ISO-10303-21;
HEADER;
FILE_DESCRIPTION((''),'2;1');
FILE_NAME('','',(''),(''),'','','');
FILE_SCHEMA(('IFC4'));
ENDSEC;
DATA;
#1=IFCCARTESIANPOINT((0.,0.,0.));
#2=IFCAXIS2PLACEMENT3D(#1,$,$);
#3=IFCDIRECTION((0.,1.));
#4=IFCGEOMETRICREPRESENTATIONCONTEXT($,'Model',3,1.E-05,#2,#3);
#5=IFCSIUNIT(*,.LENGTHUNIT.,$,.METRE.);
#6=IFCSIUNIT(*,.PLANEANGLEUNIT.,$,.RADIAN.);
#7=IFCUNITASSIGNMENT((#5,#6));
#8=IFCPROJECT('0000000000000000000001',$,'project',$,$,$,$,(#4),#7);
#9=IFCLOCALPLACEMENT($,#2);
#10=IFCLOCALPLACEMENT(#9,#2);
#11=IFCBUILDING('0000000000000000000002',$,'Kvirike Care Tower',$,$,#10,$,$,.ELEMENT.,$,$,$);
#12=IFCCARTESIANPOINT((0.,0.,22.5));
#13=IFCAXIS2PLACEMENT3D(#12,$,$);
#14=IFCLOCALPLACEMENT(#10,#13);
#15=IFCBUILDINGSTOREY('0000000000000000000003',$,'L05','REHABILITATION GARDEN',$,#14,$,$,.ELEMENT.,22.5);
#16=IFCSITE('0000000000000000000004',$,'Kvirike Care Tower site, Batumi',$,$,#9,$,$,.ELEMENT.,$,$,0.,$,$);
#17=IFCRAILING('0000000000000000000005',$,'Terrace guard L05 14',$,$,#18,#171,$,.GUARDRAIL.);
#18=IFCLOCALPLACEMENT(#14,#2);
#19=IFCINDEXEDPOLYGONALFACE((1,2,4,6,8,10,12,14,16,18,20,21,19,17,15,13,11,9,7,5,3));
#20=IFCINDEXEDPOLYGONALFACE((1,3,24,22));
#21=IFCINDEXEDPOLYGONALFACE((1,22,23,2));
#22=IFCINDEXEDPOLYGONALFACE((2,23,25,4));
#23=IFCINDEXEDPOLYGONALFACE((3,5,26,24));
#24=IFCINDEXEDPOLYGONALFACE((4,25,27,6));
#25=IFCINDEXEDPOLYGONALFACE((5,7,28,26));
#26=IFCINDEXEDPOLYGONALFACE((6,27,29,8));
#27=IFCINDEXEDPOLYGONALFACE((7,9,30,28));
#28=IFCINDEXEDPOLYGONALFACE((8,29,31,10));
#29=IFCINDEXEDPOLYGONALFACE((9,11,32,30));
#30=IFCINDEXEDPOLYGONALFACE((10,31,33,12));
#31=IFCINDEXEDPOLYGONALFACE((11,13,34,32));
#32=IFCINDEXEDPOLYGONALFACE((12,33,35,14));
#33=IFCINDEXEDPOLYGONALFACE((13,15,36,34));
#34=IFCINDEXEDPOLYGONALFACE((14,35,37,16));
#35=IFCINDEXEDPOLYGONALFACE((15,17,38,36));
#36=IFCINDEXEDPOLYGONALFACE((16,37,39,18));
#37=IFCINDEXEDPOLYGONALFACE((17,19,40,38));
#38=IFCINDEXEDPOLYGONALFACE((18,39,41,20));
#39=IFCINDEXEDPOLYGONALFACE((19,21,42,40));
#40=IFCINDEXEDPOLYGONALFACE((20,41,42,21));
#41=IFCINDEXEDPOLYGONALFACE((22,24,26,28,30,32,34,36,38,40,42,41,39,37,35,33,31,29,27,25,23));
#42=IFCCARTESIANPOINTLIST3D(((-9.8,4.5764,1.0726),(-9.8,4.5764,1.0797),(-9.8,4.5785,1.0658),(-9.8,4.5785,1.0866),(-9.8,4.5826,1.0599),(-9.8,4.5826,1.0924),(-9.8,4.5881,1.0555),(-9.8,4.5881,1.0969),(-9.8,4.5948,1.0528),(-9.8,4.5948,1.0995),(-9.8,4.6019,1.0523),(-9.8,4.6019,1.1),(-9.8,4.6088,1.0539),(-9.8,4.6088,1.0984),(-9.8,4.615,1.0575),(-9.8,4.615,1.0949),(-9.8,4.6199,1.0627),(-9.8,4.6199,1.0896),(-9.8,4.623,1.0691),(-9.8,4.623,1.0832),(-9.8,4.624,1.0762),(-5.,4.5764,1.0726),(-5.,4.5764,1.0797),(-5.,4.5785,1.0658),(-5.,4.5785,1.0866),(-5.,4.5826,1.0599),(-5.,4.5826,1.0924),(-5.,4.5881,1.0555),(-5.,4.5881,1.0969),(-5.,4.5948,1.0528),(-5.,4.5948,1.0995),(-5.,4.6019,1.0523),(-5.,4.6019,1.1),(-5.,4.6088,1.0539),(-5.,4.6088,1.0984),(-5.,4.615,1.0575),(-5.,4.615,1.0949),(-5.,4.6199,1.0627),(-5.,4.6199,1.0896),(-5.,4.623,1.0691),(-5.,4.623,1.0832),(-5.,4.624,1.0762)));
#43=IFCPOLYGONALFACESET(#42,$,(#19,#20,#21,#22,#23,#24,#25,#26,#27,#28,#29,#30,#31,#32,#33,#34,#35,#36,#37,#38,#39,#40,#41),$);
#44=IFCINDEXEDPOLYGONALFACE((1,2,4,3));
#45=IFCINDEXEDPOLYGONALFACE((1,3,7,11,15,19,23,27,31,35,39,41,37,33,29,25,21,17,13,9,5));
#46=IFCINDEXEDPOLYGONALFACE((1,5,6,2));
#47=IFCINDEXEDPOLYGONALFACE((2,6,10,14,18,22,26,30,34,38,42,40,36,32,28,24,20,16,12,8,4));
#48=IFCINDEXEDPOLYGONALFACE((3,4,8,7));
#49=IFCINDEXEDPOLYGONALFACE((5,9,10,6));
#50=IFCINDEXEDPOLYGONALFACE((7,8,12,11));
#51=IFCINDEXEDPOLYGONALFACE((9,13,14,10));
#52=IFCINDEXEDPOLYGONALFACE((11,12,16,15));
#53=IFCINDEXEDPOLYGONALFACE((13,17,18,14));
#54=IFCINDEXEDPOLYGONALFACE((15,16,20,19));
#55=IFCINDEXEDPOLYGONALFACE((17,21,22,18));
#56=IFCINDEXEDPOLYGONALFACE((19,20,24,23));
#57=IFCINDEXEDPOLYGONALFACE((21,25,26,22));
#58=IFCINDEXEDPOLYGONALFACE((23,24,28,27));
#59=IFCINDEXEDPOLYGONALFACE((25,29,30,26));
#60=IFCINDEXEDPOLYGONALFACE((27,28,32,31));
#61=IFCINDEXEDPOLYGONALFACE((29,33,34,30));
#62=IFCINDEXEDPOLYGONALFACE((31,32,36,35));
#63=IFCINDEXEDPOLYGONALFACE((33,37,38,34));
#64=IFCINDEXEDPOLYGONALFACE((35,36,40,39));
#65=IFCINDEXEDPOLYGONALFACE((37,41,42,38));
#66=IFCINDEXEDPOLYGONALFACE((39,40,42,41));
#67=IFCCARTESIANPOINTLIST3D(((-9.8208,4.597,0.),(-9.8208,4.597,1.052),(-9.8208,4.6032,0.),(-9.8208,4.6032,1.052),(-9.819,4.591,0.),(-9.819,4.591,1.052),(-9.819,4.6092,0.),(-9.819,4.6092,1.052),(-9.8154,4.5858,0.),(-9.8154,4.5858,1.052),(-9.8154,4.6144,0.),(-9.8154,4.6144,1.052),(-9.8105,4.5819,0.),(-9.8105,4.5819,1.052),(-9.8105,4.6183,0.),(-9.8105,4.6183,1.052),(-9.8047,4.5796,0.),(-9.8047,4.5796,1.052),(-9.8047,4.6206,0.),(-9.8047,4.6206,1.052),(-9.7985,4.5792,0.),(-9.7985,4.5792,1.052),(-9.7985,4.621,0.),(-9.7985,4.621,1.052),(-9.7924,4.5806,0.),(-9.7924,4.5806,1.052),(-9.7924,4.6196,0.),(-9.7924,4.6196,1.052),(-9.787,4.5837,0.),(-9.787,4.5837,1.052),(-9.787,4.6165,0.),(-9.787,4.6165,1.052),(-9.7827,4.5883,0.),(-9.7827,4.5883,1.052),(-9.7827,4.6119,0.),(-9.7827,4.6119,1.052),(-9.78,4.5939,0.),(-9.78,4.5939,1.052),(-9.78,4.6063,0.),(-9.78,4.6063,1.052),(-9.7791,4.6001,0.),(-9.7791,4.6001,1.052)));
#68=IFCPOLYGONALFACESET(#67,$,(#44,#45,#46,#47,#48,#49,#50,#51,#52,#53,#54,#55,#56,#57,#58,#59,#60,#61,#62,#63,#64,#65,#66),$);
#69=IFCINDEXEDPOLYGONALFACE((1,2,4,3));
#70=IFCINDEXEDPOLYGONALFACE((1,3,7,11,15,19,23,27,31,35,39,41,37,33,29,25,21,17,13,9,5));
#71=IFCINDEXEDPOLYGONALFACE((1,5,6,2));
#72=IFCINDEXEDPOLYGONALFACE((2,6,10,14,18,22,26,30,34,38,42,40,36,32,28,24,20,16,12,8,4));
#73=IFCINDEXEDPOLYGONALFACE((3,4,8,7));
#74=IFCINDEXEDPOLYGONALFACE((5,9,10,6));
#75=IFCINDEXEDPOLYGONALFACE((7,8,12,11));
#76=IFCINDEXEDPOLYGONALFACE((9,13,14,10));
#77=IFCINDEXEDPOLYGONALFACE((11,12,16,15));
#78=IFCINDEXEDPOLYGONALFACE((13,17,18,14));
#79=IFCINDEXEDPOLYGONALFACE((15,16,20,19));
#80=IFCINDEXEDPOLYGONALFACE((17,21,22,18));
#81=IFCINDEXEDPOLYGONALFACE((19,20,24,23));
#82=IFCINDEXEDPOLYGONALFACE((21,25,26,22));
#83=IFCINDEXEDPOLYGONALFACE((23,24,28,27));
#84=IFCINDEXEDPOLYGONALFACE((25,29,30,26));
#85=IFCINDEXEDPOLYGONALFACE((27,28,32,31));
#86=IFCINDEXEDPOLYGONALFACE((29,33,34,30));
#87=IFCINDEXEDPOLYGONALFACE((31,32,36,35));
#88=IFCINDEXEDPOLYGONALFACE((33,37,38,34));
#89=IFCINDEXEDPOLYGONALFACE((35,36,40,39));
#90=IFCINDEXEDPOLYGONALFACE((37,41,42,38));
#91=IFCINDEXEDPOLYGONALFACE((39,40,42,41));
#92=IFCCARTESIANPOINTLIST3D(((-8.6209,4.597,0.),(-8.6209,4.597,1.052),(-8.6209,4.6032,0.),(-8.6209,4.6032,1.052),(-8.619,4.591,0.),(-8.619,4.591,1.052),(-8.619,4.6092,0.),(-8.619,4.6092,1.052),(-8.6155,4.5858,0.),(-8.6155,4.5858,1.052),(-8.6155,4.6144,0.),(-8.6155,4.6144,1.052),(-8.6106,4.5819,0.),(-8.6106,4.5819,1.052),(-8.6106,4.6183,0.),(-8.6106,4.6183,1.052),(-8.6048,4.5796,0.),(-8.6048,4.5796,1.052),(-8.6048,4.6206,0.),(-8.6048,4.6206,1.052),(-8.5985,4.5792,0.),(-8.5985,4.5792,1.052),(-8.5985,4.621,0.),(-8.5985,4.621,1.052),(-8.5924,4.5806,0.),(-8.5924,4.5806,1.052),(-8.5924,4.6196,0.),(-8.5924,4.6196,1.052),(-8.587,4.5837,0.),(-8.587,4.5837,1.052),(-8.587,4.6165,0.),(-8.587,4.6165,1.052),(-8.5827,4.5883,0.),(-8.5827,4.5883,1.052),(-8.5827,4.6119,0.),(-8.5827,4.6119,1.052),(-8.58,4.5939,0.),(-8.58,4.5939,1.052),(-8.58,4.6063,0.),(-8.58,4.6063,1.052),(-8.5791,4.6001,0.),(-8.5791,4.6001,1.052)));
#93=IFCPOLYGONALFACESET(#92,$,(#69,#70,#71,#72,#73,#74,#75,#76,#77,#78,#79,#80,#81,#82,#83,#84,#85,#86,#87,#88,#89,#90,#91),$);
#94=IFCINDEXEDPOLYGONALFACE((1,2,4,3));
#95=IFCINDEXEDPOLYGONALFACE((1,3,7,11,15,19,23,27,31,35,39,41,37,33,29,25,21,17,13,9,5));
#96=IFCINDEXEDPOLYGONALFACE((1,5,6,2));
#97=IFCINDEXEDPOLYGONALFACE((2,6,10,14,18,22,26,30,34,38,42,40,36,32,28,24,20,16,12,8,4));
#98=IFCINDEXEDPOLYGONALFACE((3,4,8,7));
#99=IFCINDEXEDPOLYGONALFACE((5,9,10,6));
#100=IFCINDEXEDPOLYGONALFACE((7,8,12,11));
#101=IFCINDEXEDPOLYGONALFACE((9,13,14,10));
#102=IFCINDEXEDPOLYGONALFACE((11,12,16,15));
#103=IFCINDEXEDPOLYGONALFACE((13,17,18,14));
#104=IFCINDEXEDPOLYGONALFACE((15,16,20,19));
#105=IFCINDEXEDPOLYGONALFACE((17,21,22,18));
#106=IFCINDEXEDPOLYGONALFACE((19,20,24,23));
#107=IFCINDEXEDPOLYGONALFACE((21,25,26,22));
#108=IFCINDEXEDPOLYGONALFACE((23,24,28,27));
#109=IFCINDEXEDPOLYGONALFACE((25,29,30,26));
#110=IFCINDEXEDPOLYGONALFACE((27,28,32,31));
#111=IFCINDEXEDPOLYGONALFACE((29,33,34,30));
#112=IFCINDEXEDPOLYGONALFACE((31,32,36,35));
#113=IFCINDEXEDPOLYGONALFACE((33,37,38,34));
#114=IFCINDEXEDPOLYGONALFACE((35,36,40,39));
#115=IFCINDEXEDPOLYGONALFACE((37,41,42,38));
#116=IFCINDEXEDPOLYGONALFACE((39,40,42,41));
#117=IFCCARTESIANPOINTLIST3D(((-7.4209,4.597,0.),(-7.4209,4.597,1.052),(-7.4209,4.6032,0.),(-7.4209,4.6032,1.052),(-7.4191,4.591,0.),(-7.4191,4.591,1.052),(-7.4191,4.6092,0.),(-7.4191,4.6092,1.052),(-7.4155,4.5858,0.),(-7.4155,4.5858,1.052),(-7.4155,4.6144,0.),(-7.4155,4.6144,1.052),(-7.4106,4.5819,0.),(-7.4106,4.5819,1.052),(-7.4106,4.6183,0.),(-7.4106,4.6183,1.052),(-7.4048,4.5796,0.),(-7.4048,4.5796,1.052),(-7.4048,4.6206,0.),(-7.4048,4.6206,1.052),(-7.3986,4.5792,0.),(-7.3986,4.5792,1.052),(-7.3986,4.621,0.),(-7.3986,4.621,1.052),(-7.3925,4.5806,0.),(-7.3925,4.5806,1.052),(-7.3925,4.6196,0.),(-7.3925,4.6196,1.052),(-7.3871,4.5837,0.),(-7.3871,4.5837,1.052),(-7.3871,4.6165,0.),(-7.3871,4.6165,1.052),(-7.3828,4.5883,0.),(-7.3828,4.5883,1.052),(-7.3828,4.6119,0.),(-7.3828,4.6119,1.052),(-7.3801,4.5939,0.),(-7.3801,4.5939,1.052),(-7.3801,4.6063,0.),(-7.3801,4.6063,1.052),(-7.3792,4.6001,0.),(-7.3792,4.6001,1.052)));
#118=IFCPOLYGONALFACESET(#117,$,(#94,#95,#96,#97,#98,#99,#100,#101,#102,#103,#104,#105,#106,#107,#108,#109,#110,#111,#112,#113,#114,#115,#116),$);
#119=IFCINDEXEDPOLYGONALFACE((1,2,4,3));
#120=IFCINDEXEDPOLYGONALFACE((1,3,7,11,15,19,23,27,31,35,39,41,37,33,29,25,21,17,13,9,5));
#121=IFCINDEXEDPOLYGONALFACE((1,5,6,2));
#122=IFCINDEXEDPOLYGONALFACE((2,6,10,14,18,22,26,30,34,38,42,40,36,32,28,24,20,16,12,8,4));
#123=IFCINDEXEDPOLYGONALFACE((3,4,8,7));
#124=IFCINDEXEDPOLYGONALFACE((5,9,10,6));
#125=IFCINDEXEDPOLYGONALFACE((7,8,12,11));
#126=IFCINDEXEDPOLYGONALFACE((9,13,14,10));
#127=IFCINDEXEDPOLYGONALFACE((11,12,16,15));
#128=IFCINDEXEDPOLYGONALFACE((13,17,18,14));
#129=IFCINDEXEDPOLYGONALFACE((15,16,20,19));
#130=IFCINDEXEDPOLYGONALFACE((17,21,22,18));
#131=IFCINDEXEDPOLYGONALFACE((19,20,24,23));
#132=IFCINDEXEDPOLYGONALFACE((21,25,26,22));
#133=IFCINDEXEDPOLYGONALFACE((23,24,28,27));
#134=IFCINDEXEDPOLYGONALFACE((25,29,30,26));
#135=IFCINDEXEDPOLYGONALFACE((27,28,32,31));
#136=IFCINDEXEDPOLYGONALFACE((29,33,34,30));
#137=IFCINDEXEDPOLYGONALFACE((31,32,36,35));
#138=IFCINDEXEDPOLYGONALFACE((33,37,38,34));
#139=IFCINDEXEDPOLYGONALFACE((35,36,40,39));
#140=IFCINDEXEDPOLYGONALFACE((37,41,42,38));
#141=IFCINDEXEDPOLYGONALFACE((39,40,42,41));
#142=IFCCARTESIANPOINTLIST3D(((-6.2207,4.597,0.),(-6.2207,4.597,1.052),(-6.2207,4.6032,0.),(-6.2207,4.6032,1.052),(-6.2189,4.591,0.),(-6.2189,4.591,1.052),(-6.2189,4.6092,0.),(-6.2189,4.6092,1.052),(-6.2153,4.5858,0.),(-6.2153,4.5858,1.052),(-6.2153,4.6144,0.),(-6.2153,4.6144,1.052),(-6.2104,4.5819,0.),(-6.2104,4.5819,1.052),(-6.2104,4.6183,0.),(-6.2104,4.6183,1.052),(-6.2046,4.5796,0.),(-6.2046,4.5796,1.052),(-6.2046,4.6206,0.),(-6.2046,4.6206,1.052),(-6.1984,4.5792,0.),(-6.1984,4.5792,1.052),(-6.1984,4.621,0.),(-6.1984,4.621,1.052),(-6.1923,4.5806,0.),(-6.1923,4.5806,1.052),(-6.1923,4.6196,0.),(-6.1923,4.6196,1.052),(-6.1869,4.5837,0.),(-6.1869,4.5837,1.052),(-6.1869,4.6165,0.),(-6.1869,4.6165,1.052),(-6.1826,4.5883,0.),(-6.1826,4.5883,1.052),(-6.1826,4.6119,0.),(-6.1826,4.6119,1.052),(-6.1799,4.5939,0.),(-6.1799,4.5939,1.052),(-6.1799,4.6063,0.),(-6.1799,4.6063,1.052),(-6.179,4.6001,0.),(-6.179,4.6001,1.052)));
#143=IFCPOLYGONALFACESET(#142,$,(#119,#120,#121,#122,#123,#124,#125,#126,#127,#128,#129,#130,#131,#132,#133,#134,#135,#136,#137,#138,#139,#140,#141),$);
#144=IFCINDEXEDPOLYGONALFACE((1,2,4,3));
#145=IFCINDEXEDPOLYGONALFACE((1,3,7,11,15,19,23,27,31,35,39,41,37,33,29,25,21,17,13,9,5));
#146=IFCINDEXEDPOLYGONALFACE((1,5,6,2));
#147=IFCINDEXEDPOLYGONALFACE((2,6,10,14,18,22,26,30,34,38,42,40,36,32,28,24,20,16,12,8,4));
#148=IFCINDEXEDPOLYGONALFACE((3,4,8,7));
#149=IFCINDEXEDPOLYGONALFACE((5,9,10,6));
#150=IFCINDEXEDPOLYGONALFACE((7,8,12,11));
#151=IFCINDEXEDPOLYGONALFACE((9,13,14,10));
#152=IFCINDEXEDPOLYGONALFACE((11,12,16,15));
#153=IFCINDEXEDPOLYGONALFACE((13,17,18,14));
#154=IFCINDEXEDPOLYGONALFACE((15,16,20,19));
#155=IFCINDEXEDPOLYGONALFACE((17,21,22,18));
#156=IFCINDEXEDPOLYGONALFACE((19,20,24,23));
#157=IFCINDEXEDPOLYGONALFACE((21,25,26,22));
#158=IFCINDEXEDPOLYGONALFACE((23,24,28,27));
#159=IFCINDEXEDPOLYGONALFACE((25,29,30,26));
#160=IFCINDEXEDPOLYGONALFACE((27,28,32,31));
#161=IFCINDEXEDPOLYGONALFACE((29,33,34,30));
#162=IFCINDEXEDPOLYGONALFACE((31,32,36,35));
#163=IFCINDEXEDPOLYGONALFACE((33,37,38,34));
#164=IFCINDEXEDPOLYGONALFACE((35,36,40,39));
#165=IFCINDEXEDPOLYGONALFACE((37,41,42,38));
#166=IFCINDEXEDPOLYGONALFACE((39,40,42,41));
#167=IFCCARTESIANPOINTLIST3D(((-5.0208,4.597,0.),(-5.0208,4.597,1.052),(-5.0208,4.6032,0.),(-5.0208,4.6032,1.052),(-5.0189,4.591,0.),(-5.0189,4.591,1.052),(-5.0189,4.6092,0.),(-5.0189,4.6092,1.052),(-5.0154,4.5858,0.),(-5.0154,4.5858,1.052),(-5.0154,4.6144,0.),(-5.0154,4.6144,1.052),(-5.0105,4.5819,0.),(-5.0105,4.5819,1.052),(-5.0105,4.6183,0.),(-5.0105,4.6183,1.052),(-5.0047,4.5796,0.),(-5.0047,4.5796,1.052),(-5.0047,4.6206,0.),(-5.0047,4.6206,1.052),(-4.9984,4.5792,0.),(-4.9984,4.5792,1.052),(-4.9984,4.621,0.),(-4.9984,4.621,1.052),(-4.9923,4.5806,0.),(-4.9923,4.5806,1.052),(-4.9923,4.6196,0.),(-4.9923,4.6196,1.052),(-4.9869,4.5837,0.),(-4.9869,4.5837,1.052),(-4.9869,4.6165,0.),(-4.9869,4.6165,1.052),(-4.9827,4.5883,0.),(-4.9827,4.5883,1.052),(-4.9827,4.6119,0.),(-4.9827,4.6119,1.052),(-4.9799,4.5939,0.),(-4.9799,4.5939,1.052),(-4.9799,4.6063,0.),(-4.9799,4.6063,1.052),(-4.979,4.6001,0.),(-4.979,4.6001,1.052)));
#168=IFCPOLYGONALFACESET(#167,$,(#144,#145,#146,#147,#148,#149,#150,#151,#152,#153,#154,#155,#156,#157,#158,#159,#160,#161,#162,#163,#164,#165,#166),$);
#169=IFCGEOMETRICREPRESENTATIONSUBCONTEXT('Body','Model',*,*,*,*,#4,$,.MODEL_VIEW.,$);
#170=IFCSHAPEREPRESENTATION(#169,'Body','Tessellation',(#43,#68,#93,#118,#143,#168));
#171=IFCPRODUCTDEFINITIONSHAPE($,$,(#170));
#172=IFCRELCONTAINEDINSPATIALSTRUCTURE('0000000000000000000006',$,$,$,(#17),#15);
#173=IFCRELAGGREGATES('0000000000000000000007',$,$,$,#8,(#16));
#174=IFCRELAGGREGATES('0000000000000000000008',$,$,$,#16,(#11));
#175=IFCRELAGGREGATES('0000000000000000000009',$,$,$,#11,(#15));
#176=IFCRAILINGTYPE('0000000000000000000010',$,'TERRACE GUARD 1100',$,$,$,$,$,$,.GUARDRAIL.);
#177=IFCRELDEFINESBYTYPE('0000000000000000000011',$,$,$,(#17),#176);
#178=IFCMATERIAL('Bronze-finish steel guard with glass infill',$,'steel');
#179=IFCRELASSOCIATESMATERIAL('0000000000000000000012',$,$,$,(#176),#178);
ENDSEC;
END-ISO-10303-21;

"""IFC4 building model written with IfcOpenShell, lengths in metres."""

from ifc_helpers import new_model, si_unit, direction, frame, origin, origin_2d, place, context, subcontext, project, spatial, circle, extrude, material, type_object, element, save


model = new_model("IFC4")

# Units and contexts
model_context = context("Model", 3, precision=1e-05, world=origin(), true_north=direction((0.0, 1.0)))
body_context = subcontext(model_context, "Body", "Model", "MODEL_VIEW")
ifc_project = project(units=[si_unit("LENGTHUNIT", "METRE"), si_unit("PLANEANGLEUNIT", "RADIAN")], contexts=[model_context])

# Site, building, storey
site_placement = place(None, origin())
site = spatial("IfcSite", under=ifc_project, at=site_placement, Name="Kvirike Care Tower site, Batumi", CompositionType="ELEMENT", RefElevation=0.0)
building_placement = place(site_placement, origin())
building = spatial("IfcBuilding", under=site, at=building_placement, Name="Kvirike Care Tower", CompositionType="ELEMENT")
storey_placement = place(building_placement, frame((0.0, 0.0, 22.5)))
storey = spatial("IfcBuildingStorey", under=building, at=storey_placement, Name="L05", Description="REHABILITATION GARDEN", CompositionType="ELEMENT", Elevation=22.5)

# Railing
ifc_material_1 = material(Name="Bronze-finish steel guard with glass infill", Category="steel")
railing_type_1 = type_object("IfcRailingType", Name="TERRACE GUARD 1100", PredefinedType="GUARDRAIL", material=ifc_material_1)
railing_1_placement = place(storey_placement, frame((-9.8, 4.6001, 0.0)))
element("IfcRailing", 1, at=railing_1_placement, inside=storey, type_object=railing_type_1, Name="Terrace guard L05 14", PredefinedType="GUARDRAIL", context=body_context, shape_type="SweptSolid", body=[
    extrude(circle(Radius=0.0239, at=origin_2d()), frame((0.0, 0.0, 1.0762), z_axis=(1.0, 0.0, 0.0), x_axis=(0.0, 1.0, 0.0)), (0.0, 0.0, 1.0), 4.8),
    extrude(circle(Radius=0.021, at=origin_2d()), origin(), (0.0, 0.0, 1.0), 1.052),
    extrude(circle(Radius=0.021, at=origin_2d()), frame((1.2, 0.0, 0.0)), (0.0, 0.0, 1.0), 1.052),
    extrude(circle(Radius=0.021, at=origin_2d()), frame((2.3999, 0.0, 0.0)), (0.0, 0.0, 1.0), 1.052),
    extrude(circle(Radius=0.021, at=origin_2d()), frame((3.6001, 0.0, 0.0)), (0.0, 0.0, 1.0), 1.052),
    extrude(circle(Radius=0.021, at=origin_2d()), frame((4.8, 0.0, 0.0)), (0.0, 0.0, 1.0), 1.052),
])

save(model, "model.ifc")
